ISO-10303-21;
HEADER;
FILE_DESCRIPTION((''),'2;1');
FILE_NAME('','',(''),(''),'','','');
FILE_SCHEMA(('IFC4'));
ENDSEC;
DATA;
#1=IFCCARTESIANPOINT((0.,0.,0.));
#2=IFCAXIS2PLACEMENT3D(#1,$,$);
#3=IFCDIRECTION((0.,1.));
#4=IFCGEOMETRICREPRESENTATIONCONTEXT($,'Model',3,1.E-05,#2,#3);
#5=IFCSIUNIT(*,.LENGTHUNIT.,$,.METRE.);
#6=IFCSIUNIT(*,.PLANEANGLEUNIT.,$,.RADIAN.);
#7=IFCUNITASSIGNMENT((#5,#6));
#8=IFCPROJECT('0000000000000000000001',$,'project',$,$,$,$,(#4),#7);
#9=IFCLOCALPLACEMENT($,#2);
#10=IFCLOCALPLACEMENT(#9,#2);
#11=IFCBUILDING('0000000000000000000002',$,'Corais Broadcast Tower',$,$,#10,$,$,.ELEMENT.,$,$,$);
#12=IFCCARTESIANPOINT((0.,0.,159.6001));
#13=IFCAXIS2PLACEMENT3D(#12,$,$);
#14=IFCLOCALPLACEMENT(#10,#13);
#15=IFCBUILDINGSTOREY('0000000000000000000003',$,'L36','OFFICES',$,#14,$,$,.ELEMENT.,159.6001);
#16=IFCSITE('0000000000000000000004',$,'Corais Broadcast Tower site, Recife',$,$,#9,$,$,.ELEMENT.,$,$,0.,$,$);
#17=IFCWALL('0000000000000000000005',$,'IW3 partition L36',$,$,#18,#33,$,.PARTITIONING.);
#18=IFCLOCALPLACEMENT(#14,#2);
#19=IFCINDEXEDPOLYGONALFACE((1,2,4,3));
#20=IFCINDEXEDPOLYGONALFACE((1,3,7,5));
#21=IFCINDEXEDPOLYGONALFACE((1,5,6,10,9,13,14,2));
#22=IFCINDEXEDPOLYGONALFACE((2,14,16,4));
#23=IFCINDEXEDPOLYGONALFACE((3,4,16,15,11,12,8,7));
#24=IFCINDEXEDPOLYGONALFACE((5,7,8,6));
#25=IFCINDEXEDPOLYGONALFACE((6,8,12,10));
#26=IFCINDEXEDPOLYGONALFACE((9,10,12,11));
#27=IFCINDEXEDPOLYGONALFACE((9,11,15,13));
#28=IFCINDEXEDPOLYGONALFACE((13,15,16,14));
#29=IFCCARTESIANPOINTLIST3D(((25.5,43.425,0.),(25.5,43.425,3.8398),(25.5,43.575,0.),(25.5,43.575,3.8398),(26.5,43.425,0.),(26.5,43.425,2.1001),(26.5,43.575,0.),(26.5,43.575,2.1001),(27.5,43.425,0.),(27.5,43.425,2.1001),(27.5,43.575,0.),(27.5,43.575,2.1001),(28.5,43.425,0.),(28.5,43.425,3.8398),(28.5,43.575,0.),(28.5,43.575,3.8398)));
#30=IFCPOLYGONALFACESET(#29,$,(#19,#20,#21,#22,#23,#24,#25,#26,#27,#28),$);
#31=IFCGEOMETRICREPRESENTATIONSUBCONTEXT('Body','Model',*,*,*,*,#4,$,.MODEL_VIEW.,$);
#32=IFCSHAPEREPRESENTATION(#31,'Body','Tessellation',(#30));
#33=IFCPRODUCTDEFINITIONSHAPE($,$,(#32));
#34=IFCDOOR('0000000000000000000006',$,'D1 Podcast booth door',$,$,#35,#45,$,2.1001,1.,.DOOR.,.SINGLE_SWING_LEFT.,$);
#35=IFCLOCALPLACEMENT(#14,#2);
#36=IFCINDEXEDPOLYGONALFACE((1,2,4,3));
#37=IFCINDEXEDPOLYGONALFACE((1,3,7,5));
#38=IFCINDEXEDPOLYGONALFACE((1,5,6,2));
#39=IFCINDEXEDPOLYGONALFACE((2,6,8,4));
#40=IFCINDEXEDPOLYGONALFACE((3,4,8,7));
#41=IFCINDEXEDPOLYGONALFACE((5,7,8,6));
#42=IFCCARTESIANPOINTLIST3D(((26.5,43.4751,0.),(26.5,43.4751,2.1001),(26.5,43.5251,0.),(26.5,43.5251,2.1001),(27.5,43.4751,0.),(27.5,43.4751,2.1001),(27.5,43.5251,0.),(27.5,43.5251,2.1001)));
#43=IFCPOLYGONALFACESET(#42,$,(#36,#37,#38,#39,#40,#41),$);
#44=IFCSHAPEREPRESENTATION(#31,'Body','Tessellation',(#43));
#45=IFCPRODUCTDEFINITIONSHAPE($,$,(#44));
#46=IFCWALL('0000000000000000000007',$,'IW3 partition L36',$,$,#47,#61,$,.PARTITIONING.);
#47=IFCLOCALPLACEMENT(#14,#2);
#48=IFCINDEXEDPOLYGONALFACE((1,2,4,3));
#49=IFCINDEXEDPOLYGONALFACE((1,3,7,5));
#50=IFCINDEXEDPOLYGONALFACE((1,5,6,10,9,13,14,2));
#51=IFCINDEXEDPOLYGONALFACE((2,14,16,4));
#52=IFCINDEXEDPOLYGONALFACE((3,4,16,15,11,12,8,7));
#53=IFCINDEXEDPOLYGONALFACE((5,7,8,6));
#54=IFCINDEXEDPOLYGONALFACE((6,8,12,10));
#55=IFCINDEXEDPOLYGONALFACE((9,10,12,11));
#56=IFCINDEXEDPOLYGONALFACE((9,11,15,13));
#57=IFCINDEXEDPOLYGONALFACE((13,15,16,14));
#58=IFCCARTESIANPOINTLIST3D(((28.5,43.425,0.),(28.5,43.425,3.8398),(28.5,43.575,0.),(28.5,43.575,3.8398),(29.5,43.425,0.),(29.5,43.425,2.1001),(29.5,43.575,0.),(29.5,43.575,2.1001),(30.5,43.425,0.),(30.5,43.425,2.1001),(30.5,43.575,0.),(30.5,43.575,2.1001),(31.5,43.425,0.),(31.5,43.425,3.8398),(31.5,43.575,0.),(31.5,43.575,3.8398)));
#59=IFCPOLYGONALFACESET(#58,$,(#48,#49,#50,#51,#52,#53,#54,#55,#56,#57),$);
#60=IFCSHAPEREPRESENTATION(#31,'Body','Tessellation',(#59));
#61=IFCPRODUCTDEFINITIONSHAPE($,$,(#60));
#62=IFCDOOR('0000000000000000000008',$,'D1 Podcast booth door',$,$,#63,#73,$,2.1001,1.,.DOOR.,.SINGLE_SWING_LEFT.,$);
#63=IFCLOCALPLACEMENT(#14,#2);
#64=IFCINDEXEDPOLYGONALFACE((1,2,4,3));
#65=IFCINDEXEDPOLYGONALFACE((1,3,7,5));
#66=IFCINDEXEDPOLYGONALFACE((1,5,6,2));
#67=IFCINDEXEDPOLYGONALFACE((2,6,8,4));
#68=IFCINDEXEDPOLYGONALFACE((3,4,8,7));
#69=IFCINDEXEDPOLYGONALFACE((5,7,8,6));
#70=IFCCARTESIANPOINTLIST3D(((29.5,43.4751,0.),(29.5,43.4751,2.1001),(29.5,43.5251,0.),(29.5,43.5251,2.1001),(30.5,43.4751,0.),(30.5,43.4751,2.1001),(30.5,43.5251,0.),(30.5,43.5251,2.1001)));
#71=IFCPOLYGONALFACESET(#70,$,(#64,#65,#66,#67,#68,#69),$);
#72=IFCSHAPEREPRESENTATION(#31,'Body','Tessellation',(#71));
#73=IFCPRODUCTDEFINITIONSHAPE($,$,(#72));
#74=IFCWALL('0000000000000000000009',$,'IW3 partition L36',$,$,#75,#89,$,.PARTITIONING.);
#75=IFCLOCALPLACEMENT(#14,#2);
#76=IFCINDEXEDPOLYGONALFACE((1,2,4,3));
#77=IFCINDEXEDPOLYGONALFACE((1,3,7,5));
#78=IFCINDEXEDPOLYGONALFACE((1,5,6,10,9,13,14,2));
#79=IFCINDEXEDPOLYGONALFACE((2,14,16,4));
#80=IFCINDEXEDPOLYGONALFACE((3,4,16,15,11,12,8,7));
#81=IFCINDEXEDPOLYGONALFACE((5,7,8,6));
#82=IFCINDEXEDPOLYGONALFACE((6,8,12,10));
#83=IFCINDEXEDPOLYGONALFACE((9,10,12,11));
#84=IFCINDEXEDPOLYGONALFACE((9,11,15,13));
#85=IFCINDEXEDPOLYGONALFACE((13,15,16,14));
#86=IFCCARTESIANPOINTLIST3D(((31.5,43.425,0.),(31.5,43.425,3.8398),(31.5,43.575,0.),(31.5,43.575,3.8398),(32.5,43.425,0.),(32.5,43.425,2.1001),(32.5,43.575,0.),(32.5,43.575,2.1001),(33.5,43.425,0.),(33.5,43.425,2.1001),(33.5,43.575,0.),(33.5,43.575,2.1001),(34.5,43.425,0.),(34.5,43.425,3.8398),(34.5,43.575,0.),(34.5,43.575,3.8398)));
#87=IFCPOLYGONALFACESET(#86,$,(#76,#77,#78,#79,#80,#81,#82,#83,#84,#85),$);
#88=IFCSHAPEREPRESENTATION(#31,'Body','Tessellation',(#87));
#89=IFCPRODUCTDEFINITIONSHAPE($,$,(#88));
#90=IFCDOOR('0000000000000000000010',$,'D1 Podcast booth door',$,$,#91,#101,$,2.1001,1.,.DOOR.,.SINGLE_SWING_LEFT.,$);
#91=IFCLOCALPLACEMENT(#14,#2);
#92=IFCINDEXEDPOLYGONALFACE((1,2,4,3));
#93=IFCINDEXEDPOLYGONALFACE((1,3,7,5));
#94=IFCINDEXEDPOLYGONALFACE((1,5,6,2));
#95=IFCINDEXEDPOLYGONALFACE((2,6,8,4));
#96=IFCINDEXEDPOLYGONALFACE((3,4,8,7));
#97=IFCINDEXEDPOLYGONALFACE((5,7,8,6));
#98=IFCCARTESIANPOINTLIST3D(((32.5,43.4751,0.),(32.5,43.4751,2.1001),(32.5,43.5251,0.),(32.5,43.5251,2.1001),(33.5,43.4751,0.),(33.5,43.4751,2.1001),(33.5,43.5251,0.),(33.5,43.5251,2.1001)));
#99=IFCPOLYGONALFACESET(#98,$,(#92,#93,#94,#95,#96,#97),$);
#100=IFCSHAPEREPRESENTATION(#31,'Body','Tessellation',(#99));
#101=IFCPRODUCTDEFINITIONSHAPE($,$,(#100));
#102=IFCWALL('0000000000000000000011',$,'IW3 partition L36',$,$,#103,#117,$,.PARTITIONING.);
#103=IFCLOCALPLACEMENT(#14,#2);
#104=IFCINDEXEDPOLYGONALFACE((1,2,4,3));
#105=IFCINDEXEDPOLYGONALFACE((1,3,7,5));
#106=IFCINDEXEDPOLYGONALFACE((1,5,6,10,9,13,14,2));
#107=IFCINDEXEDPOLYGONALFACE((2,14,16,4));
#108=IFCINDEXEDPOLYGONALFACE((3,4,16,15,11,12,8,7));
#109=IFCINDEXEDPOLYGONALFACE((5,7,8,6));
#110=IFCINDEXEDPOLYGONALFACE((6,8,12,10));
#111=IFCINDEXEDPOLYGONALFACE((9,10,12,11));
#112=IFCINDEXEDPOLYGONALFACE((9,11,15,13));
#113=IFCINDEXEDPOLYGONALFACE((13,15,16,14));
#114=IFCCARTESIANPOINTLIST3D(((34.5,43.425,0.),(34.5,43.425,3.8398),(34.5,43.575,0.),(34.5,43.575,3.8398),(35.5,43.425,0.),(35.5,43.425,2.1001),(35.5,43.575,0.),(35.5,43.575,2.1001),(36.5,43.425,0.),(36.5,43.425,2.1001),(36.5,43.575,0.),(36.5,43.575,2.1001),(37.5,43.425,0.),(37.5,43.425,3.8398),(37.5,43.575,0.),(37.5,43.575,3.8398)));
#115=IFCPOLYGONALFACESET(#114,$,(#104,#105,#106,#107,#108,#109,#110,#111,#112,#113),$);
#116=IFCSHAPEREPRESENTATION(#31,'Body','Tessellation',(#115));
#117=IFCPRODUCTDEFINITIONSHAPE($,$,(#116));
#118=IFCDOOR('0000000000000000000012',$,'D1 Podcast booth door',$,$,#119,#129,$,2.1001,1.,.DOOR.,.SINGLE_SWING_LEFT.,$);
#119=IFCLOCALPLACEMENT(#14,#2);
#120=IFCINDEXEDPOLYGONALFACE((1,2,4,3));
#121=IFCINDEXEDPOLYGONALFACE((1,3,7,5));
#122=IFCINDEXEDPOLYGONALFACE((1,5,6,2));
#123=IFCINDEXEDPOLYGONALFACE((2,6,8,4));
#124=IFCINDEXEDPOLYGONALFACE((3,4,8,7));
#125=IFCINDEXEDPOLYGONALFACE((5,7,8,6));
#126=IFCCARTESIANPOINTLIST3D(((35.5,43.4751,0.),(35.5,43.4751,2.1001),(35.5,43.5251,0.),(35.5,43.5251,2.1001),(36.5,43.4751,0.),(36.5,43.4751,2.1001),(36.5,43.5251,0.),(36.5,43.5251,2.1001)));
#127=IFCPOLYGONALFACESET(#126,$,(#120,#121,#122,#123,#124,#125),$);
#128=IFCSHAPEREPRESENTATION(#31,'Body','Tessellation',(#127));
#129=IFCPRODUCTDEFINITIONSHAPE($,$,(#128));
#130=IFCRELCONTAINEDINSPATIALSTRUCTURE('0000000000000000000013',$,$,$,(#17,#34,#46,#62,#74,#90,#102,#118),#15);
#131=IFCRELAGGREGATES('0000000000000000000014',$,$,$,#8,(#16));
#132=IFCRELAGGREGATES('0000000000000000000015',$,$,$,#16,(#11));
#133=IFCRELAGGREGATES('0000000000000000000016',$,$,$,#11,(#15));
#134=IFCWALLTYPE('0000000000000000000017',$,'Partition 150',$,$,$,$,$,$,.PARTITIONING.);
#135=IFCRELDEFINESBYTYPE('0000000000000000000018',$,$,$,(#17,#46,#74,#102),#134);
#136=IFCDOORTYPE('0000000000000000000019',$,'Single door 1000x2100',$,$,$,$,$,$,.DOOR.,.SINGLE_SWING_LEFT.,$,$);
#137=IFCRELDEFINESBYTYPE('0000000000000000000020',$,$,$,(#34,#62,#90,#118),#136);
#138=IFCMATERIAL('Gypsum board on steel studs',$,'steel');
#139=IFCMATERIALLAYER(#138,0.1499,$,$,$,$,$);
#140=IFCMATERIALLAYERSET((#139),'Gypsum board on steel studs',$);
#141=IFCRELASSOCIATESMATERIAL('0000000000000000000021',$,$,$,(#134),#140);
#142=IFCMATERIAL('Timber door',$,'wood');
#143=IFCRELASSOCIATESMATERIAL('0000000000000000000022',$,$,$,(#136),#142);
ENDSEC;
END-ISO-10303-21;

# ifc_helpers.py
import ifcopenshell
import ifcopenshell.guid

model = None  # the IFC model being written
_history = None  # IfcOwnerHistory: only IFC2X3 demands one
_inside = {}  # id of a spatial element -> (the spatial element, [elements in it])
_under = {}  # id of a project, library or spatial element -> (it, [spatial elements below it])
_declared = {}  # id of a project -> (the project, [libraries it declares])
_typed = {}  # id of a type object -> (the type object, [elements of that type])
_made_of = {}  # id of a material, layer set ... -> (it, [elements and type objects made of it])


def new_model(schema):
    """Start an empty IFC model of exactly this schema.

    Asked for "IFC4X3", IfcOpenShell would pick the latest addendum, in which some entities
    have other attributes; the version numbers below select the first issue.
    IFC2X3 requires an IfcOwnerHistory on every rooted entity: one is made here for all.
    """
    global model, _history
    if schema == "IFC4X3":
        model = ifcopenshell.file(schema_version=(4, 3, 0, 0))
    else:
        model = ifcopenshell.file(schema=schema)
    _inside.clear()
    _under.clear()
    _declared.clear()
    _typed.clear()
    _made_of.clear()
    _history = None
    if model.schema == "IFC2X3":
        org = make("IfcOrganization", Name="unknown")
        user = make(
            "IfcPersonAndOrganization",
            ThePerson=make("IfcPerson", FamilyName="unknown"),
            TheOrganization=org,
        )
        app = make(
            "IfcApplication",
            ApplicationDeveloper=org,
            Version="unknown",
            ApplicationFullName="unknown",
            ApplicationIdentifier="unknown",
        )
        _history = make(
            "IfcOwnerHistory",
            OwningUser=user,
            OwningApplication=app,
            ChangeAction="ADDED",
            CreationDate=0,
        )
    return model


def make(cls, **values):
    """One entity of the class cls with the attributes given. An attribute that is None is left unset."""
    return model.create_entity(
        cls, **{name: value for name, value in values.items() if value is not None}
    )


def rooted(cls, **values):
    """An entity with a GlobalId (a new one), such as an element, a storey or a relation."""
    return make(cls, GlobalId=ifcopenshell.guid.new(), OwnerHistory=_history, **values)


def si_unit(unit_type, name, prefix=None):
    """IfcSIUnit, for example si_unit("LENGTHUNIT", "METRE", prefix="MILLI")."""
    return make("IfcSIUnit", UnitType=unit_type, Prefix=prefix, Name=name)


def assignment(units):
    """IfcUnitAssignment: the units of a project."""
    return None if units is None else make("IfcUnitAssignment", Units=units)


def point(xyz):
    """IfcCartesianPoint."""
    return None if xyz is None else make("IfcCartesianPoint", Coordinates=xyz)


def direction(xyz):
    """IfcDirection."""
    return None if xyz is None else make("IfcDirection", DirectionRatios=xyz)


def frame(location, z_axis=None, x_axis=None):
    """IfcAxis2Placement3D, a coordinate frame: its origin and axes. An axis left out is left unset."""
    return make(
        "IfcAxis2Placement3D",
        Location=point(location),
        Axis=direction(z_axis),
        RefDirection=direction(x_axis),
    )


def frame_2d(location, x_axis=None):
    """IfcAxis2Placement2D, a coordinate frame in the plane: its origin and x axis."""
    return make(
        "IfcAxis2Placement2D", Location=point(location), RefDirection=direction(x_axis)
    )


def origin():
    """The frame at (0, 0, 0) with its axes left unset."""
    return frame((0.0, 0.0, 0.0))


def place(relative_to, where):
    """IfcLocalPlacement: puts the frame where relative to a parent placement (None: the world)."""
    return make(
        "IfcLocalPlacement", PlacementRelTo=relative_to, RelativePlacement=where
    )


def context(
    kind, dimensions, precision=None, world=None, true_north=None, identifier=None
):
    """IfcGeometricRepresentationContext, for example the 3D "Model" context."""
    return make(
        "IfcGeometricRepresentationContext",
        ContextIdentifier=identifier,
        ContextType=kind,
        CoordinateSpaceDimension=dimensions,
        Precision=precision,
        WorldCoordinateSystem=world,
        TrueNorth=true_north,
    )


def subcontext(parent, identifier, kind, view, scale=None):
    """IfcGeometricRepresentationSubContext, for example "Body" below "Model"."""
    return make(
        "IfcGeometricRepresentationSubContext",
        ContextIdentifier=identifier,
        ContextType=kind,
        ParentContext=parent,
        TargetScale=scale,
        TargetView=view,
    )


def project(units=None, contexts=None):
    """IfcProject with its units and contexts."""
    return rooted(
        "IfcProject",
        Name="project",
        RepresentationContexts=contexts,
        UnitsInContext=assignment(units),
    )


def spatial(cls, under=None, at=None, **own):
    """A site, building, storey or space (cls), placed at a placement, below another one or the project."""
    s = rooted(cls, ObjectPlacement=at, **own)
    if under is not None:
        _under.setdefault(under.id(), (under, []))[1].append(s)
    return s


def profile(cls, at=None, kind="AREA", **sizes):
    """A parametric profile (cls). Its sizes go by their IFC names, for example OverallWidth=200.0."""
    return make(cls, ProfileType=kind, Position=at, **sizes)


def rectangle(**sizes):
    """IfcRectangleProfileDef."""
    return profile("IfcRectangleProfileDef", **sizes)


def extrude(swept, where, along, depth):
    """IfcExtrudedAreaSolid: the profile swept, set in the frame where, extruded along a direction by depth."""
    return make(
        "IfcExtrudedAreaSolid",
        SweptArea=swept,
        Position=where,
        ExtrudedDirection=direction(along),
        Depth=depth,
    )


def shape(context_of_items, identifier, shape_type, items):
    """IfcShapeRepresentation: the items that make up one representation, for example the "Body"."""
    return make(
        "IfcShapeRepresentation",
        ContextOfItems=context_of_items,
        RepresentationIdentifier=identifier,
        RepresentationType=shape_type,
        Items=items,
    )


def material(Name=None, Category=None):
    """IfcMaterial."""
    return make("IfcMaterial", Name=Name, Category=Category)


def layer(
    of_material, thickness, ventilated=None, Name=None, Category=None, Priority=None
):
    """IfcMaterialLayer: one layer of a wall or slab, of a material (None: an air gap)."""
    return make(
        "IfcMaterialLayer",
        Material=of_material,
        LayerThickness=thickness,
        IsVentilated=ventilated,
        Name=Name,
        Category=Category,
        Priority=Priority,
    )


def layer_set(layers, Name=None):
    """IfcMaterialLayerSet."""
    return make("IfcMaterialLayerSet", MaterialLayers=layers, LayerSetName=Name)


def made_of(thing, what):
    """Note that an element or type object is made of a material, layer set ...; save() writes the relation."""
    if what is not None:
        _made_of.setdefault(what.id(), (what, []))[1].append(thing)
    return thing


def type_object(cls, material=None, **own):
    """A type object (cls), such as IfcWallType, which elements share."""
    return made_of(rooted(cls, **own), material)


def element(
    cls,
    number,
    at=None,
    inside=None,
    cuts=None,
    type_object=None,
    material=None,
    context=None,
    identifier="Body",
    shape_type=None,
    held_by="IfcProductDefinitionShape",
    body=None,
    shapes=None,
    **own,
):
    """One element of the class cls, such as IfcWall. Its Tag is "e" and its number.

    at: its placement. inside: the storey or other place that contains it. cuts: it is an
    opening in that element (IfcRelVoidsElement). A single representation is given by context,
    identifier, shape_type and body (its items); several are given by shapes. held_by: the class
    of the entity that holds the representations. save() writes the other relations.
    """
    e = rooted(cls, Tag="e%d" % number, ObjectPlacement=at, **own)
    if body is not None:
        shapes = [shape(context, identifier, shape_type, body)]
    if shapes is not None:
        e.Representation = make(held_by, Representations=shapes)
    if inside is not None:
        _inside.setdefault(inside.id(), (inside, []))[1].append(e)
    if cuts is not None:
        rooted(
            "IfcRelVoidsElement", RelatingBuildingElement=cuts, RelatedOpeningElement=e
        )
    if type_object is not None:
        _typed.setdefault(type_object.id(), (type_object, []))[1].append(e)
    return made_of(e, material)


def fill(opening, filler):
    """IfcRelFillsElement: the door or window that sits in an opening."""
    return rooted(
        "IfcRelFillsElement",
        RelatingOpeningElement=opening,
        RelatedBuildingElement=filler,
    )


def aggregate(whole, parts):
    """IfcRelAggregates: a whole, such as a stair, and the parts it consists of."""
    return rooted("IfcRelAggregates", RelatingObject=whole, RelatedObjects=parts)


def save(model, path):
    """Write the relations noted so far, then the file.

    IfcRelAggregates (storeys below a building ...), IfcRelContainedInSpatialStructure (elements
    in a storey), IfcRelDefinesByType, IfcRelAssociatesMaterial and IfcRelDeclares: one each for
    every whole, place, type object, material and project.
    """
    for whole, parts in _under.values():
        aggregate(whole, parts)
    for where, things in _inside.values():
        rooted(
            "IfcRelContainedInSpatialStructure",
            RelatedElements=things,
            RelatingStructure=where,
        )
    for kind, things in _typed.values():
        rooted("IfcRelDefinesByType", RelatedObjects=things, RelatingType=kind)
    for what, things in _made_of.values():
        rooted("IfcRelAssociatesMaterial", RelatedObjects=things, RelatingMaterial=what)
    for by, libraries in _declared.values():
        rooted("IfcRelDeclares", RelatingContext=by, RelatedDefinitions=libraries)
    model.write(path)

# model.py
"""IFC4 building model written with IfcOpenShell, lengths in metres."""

from ifc_helpers import new_model, si_unit, direction, frame, frame_2d, origin, place, context, subcontext, project, spatial, rectangle, extrude, material, layer, layer_set, type_object, element, fill, save


model = new_model("IFC4")

# Units and contexts
model_context = context("Model", 3, precision=1e-05, world=origin(), true_north=direction((0.0, 1.0)))
body_context = subcontext(model_context, "Body", "Model", "MODEL_VIEW")
ifc_project = project(units=[si_unit("LENGTHUNIT", "METRE"), si_unit("PLANEANGLEUNIT", "RADIAN")], contexts=[model_context])

# Site, building, storey
site_placement = place(None, origin())
site = spatial("IfcSite", under=ifc_project, at=site_placement, Name="Corais Broadcast Tower site, Recife", CompositionType="ELEMENT", RefElevation=0.0)
building_placement = place(site_placement, origin())
building = spatial("IfcBuilding", under=site, at=building_placement, Name="Corais Broadcast Tower", CompositionType="ELEMENT")
storey_placement = place(building_placement, frame((0.0, 0.0, 159.6001)))
storey = spatial("IfcBuildingStorey", under=building, at=storey_placement, Name="L36", Description="OFFICES", CompositionType="ELEMENT", Elevation=159.6001)

# Walls, openings, doors
ifc_material_1 = material(Name="Gypsum board on steel studs", Category="steel")
ifc_layer_1 = layer(ifc_material_1, 0.1499)
ifc_layer_set_1 = layer_set([ifc_layer_1], Name="Gypsum board on steel studs")
wall_type = type_object("IfcWallType", Name="Partition 150", PredefinedType="PARTITIONING", material=ifc_layer_set_1)
wall_1_placement = place(storey_placement, frame((28.5, 43.5, 0.0), z_axis=(0.0, 0.0, 1.0), x_axis=(-1.0, 0.0, 0.0)))
wall_1 = element("IfcWall", 1, at=wall_1_placement, inside=storey, type_object=wall_type, Name="IW3 partition L36", PredefinedType="PARTITIONING", context=body_context, shape_type="SweptSolid", body=[
    extrude(rectangle(XDim=3.0, YDim=0.1499, at=frame_2d((1.5, 0.0))), origin(), (0.0, 0.0, 1.0), 3.8398),
])
opening_1_placement = place(wall_1_placement, frame((1.0, 0.0, 0.0)))
opening_1 = element("IfcOpeningElement", 2, at=opening_1_placement, cuts=wall_1, PredefinedType="OPENING", context=body_context, shape_type="SweptSolid", body=[
    extrude(rectangle(XDim=1.0, YDim=2.1001, at=frame_2d((0.5, 1.05))), frame((0.0, 0.085, 0.0), z_axis=(0.0, -1.0, 0.0), x_axis=(1.0, 0.0, 0.0)), (0.0, 0.0, 1.0), 0.1699),
])
ifc_material_2 = material(Name="Timber door", Category="wood")
door_type = type_object("IfcDoorType", Name="Single door 1000x2100", OperationType="SINGLE_SWING_LEFT", PredefinedType="DOOR", material=ifc_material_2)
door_1_placement = place(opening_1_placement, origin())
door_1 = element("IfcDoor", 3, at=door_1_placement, inside=storey, type_object=door_type, Name="D1 Podcast booth door", OperationType="SINGLE_SWING_LEFT", OverallHeight=2.1001, OverallWidth=1.0, PredefinedType="DOOR", context=body_context, shape_type="SweptSolid", body=[
    extrude(rectangle(XDim=1.0, YDim=2.1001, at=frame_2d((0.5, 1.05))), frame((0.0, 0.0249, 0.0), z_axis=(0.0, -1.0, 0.0), x_axis=(1.0, 0.0, 0.0)), (0.0, 0.0, 1.0), 0.05),
])
fill(opening_1, door_1)
wall_2_placement = place(storey_placement, frame((31.5, 43.5, 0.0), z_axis=(0.0, 0.0, 1.0), x_axis=(-1.0, 0.0, 0.0)))
wall_2 = element("IfcWall", 4, at=wall_2_placement, inside=storey, type_object=wall_type, Name="IW3 partition L36", PredefinedType="PARTITIONING", context=body_context, shape_type="SweptSolid", body=[
    extrude(rectangle(XDim=3.0, YDim=0.1499, at=frame_2d((1.5, 0.0))), origin(), (0.0, 0.0, 1.0), 3.8398),
])
opening_2_placement = place(wall_2_placement, frame((1.0, 0.0, 0.0)))
opening_2 = element("IfcOpeningElement", 5, at=opening_2_placement, cuts=wall_2, PredefinedType="OPENING", context=body_context, shape_type="SweptSolid", body=[
    extrude(rectangle(XDim=1.0, YDim=2.1001, at=frame_2d((0.5, 1.05))), frame((0.0, 0.085, 0.0), z_axis=(0.0, -1.0, 0.0), x_axis=(1.0, 0.0, 0.0)), (0.0, 0.0, 1.0), 0.1699),
])
door_2_placement = place(opening_2_placement, origin())
door_2 = element("IfcDoor", 6, at=door_2_placement, inside=storey, type_object=door_type, Name="D1 Podcast booth door", OperationType="SINGLE_SWING_LEFT", OverallHeight=2.1001, OverallWidth=1.0, PredefinedType="DOOR", context=body_context, shape_type="SweptSolid", body=[
    extrude(rectangle(XDim=1.0, YDim=2.1001, at=frame_2d((0.5, 1.05))), frame((0.0, 0.0249, 0.0), z_axis=(0.0, -1.0, 0.0), x_axis=(1.0, 0.0, 0.0)), (0.0, 0.0, 1.0), 0.05),
])
fill(opening_2, door_2)
wall_3_placement = place(storey_placement, frame((34.5, 43.5, 0.0), z_axis=(0.0, 0.0, 1.0), x_axis=(-1.0, 0.0, 0.0)))
wall_3 = element("IfcWall", 7, at=wall_3_placement, inside=storey, type_object=wall_type, Name="IW3 partition L36", PredefinedType="PARTITIONING", context=body_context, shape_type="SweptSolid", body=[
    extrude(rectangle(XDim=3.0, YDim=0.1499, at=frame_2d((1.5, 0.0))), origin(), (0.0, 0.0, 1.0), 3.8398),
])
opening_3_placement = place(wall_3_placement, frame((1.0, 0.0, 0.0)))
opening_3 = element("IfcOpeningElement", 8, at=opening_3_placement, cuts=wall_3, PredefinedType="OPENING", context=body_context, shape_type="SweptSolid", body=[
    extrude(rectangle(XDim=1.0, YDim=2.1001, at=frame_2d((0.5, 1.05))), frame((0.0, 0.085, 0.0), z_axis=(0.0, -1.0, 0.0), x_axis=(1.0, 0.0, 0.0)), (0.0, 0.0, 1.0), 0.1699),
])
door_3_placement = place(opening_3_placement, origin())
door_3 = element("IfcDoor", 9, at=door_3_placement, inside=storey, type_object=door_type, Name="D1 Podcast booth door", OperationType="SINGLE_SWING_LEFT", OverallHeight=2.1001, OverallWidth=1.0, PredefinedType="DOOR", context=body_context, shape_type="SweptSolid", body=[
    extrude(rectangle(XDim=1.0, YDim=2.1001, at=frame_2d((0.5, 1.05))), frame((0.0, 0.0249, 0.0), z_axis=(0.0, -1.0, 0.0), x_axis=(1.0, 0.0, 0.0)), (0.0, 0.0, 1.0), 0.05),
])
fill(opening_3, door_3)
wall_4_placement = place(storey_placement, frame((37.5, 43.5, 0.0), z_axis=(0.0, 0.0, 1.0), x_axis=(-1.0, 0.0, 0.0)))
wall_4 = element("IfcWall", 10, at=wall_4_placement, inside=storey, type_object=wall_type, Name="IW3 partition L36", PredefinedType="PARTITIONING", context=body_context, shape_type="SweptSolid", body=[
    extrude(rectangle(XDim=3.0, YDim=0.1499, at=frame_2d((1.5, 0.0))), origin(), (0.0, 0.0, 1.0), 3.8398),
])
opening_4_placement = place(wall_4_placement, frame((1.0, 0.0, 0.0)))
opening_4 = element("IfcOpeningElement", 11, at=opening_4_placement, cuts=wall_4, PredefinedType="OPENING", context=body_context, shape_type="SweptSolid", body=[
    extrude(rectangle(XDim=1.0, YDim=2.1001, at=frame_2d((0.5, 1.05))), frame((0.0, 0.085, 0.0), z_axis=(0.0, -1.0, 0.0), x_axis=(1.0, 0.0, 0.0)), (0.0, 0.0, 1.0), 0.1699),
])
door_4_placement = place(opening_4_placement, origin())
door_4 = element("IfcDoor", 12, at=door_4_placement, inside=storey, type_object=door_type, Name="D1 Podcast booth door", OperationType="SINGLE_SWING_LEFT", OverallHeight=2.1001, OverallWidth=1.0, PredefinedType="DOOR", context=body_context, shape_type="SweptSolid", body=[
    extrude(rectangle(XDim=1.0, YDim=2.1001, at=frame_2d((0.5, 1.05))), frame((0.0, 0.0249, 0.0), z_axis=(0.0, -1.0, 0.0), x_axis=(1.0, 0.0, 0.0)), (0.0, 0.0, 1.0), 0.05),
])
fill(opening_4, door_4)

save(model, "model.ifc")
